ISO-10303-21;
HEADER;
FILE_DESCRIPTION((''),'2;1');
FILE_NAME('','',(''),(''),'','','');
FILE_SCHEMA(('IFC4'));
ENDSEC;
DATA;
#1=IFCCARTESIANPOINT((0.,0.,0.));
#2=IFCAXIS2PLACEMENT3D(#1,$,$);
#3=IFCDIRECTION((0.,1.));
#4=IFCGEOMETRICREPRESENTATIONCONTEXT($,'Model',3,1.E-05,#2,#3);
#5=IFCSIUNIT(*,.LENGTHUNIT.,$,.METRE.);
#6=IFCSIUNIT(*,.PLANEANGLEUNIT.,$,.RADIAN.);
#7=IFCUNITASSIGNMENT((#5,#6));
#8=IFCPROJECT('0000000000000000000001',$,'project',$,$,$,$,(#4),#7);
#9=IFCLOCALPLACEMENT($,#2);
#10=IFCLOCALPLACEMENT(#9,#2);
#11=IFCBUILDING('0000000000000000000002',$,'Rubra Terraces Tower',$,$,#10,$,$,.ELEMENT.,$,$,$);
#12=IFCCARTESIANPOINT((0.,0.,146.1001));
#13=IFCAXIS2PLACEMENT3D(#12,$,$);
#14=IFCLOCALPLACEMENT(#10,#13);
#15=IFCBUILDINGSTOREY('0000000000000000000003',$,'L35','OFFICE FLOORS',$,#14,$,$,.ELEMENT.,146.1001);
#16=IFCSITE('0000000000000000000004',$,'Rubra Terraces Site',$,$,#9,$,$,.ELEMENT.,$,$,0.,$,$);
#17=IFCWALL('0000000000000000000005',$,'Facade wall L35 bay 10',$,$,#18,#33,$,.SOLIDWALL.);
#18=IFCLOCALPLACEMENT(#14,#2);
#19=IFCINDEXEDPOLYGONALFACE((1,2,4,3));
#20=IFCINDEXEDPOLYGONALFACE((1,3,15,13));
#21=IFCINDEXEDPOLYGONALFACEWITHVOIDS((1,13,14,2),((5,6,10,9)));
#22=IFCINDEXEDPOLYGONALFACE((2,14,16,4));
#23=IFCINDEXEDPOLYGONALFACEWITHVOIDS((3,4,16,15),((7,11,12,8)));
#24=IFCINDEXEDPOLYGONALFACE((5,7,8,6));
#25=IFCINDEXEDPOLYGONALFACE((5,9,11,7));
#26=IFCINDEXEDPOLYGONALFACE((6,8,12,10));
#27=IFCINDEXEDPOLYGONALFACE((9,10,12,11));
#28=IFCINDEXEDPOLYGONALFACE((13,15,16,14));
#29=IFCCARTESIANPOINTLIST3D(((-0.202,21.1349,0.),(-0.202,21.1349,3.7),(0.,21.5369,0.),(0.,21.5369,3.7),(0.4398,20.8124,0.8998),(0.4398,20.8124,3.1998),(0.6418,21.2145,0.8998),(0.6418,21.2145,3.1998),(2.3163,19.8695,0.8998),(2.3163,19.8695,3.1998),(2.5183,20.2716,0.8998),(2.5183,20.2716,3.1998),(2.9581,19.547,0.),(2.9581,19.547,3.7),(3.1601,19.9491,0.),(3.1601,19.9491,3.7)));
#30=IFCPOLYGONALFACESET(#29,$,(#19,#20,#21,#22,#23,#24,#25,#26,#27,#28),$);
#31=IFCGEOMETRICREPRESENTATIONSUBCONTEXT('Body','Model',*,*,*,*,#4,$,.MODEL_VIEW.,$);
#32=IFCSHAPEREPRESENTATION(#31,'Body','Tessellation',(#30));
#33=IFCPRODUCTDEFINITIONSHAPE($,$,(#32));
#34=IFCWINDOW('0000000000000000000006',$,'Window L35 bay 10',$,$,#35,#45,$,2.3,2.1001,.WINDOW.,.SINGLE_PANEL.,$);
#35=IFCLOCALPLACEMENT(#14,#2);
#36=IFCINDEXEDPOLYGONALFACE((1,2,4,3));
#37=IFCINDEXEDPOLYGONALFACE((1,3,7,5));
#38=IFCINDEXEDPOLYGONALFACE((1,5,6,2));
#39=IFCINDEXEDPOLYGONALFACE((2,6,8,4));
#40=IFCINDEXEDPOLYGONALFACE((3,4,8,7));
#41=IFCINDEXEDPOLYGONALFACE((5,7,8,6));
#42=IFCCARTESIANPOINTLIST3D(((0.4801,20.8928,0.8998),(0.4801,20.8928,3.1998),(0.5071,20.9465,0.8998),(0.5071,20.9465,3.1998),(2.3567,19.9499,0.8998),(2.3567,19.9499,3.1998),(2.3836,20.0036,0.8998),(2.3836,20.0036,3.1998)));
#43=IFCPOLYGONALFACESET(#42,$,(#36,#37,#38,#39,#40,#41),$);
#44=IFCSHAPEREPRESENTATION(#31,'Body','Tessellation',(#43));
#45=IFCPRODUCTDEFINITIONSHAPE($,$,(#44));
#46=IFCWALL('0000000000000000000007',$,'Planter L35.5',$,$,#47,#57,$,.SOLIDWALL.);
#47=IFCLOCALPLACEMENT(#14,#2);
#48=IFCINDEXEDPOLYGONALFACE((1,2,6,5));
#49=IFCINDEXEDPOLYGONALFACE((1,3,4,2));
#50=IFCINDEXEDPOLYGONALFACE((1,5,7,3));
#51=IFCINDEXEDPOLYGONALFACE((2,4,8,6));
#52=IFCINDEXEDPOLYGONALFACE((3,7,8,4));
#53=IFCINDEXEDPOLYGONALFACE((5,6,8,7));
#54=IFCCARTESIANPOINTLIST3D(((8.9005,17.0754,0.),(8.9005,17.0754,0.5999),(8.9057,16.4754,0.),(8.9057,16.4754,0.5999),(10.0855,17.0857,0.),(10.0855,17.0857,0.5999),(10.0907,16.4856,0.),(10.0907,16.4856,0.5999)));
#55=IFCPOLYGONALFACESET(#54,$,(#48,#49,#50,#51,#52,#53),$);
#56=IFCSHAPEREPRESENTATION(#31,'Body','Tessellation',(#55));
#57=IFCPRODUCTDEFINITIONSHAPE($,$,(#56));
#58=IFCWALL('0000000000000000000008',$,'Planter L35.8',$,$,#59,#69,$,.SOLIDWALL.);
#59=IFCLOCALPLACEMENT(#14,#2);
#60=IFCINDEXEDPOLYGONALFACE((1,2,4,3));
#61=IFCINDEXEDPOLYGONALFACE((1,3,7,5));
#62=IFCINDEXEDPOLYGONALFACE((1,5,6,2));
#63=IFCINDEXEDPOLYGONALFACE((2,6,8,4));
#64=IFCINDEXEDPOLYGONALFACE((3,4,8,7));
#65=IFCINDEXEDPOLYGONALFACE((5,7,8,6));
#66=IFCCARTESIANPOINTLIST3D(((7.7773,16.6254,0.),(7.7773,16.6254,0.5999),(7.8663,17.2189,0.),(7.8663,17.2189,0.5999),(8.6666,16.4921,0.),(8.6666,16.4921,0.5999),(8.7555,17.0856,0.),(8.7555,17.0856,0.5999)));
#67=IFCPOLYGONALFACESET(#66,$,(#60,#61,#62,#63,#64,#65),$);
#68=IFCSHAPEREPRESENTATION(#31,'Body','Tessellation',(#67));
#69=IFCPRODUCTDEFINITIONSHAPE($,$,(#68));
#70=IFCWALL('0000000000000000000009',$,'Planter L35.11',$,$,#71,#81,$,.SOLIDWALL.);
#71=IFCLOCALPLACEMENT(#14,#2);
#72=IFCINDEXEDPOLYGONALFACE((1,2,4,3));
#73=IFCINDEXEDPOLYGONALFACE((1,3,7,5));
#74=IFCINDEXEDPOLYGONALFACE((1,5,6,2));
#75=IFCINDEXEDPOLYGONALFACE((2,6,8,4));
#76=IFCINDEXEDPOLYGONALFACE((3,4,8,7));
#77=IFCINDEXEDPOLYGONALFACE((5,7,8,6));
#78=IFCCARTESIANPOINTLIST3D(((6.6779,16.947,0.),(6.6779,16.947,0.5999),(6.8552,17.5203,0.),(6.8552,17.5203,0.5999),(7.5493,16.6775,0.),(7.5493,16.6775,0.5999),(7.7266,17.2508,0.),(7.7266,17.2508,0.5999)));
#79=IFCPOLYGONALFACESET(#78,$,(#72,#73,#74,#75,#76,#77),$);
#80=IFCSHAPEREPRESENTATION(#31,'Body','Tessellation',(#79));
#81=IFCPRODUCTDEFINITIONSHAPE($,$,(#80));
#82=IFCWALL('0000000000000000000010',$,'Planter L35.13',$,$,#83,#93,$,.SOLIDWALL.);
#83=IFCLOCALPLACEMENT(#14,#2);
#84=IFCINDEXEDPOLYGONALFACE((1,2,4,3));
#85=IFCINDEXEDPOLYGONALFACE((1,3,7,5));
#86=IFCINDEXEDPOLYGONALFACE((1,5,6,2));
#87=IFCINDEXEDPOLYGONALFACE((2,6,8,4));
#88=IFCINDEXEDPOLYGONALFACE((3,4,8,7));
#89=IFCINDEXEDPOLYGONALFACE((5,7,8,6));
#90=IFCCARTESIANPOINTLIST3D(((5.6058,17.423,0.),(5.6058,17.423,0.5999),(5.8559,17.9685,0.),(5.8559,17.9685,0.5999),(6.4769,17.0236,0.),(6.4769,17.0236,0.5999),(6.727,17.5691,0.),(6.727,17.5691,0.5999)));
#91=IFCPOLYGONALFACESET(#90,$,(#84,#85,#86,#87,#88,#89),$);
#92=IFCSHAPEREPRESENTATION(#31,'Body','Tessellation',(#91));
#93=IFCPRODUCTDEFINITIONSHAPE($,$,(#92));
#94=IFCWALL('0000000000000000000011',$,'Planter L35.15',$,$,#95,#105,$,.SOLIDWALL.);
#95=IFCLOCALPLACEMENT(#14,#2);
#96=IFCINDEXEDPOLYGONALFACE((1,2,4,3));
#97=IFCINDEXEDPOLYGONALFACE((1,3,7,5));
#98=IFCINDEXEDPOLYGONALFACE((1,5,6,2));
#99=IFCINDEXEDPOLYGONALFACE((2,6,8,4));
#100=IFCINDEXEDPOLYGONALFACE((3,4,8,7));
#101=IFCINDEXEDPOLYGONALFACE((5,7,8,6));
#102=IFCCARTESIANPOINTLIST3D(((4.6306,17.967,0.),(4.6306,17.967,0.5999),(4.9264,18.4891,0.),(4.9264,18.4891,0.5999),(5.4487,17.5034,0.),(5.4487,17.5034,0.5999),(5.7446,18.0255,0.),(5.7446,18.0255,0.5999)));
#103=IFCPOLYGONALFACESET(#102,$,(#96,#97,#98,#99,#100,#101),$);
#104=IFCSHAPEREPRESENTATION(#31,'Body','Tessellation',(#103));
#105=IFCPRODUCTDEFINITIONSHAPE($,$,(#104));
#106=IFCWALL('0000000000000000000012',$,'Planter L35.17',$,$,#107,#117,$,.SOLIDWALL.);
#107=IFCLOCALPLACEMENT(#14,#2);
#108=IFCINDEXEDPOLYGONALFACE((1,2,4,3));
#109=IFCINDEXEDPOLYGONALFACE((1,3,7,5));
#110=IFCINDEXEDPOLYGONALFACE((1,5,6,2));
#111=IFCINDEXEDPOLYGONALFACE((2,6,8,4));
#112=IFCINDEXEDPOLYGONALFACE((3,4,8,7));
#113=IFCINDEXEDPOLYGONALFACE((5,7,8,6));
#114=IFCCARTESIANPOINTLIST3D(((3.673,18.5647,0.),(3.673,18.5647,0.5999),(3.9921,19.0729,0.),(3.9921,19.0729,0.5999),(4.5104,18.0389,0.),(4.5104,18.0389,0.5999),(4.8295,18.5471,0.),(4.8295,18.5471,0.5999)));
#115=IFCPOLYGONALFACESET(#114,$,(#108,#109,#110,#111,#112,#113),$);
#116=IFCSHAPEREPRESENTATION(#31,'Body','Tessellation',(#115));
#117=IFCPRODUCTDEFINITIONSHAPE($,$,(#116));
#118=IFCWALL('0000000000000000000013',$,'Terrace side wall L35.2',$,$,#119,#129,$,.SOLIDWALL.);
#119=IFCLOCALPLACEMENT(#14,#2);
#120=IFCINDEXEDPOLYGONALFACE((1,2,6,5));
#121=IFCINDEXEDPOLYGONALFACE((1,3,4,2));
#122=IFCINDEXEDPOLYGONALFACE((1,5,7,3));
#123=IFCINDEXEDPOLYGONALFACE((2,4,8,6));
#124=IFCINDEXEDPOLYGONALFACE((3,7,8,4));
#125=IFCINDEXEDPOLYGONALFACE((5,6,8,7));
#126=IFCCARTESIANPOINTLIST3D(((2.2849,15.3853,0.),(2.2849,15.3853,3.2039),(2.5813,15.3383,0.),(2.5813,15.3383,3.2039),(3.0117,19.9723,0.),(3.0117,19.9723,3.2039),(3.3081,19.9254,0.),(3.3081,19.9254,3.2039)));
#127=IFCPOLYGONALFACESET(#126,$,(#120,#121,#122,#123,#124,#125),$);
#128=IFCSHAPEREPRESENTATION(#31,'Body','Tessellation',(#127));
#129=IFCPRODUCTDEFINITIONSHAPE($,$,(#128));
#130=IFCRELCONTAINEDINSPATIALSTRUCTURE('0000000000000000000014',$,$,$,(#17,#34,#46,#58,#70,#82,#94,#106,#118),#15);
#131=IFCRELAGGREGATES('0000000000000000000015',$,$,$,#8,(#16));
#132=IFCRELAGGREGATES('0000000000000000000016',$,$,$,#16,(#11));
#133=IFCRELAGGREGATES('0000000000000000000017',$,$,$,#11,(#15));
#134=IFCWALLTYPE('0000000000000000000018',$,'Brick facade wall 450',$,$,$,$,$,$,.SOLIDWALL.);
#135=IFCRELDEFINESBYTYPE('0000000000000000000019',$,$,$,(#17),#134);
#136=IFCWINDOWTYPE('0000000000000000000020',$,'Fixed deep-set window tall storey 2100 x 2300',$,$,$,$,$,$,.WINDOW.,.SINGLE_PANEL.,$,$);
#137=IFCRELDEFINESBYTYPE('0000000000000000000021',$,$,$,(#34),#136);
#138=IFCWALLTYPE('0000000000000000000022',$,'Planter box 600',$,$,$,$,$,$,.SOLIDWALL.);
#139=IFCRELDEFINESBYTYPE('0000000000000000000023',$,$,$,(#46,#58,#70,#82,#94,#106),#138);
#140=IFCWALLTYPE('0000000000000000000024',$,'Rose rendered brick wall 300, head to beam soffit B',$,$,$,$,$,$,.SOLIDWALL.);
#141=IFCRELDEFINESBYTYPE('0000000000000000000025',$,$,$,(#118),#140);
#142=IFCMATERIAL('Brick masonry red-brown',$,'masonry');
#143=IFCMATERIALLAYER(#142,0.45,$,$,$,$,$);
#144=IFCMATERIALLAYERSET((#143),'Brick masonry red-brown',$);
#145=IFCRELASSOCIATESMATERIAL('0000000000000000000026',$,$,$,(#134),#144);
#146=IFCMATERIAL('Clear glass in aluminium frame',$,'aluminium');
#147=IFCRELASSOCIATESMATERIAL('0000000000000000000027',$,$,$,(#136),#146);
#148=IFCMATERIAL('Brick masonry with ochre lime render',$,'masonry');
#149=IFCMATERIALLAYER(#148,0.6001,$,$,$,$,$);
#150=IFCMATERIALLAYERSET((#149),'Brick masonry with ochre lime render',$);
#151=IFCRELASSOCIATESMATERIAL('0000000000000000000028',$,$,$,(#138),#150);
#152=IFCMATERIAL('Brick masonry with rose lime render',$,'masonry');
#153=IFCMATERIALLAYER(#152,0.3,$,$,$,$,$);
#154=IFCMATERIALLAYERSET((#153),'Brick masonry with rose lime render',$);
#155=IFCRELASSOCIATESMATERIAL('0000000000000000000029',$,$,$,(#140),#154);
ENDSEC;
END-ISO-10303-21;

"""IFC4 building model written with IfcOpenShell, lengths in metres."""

from ifc_helpers import new_model, si_unit, direction, frame, frame_2d, origin, place, context, subcontext, project, spatial, rectangle, extrude, material, layer, layer_set, type_object, element, fill, save


model = new_model("IFC4")

# Units and contexts
model_context = context("Model", 3, precision=1e-05, world=origin(), true_north=direction((0.0, 1.0)))
body_context = subcontext(model_context, "Body", "Model", "MODEL_VIEW")
ifc_project = project(units=[si_unit("LENGTHUNIT", "METRE"), si_unit("PLANEANGLEUNIT", "RADIAN")], contexts=[model_context])

# Site, building, storey
site_placement = place(None, origin())
site = spatial("IfcSite", under=ifc_project, at=site_placement, Name="Rubra Terraces Site", CompositionType="ELEMENT", RefElevation=0.0)
building_placement = place(site_placement, origin())
building = spatial("IfcBuilding", under=site, at=building_placement, Name="Rubra Terraces Tower", CompositionType="ELEMENT")
storey_placement = place(building_placement, frame((0.0, 0.0, 146.1001)))
storey = spatial("IfcBuildingStorey", under=building, at=storey_placement, Name="L35", Description="OFFICE FLOORS", CompositionType="ELEMENT", Elevation=146.1001)

# Wall, opening, window
ifc_material_1 = material(Name="Brick masonry red-brown", Category="masonry")
ifc_layer_1 = layer(ifc_material_1, 0.45)
ifc_layer_set_1 = layer_set([ifc_layer_1], Name="Brick masonry red-brown")
wall_type_1 = type_object("IfcWallType", Name="Brick facade wall 450", PredefinedType="SOLIDWALL", material=ifc_layer_set_1)
wall_1_placement = place(storey_placement, frame((3.0591, 19.748, 0.0), z_axis=(0.0, 0.0, 1.0), x_axis=(-0.893542, 0.44898, 0.0)))
wall_1 = element("IfcWall", 1, at=wall_1_placement, inside=storey, type_object=wall_type_1, Name="Facade wall L35 bay 10", PredefinedType="SOLIDWALL", context=body_context, shape_type="SweptSolid", body=[
    extrude(rectangle(XDim=3.5366, YDim=0.45, at=frame_2d((1.7683, 0.0))), origin(), (0.0, 0.0, 1.0), 3.7),
])
opening_1_placement = place(wall_1_placement, frame((0.7183, 0.0, 0.8999)))
opening_1 = element("IfcOpeningElement", 2, at=opening_1_placement, cuts=wall_1, PredefinedType="OPENING", context=body_context, shape_type="SweptSolid", body=[
    extrude(rectangle(XDim=2.1001, YDim=2.3, at=frame_2d((1.05, 1.1499))), frame((0.0, 0.2349, 0.0), z_axis=(0.0, -1.0, 0.0), x_axis=(1.0, 0.0, 0.0)), (0.0, 0.0, 1.0), 0.47),
])
ifc_material_2 = material(Name="Clear glass in aluminium frame", Category="aluminium")
window_type = type_object("IfcWindowType", Name="Fixed deep-set window tall storey 2100 x 2300", PartitioningType="SINGLE_PANEL", PredefinedType="WINDOW", material=ifc_material_2)
window_placement = place(opening_1_placement, origin())
window = element("IfcWindow", 3, at=window_placement, inside=storey, type_object=window_type, Name="Window L35 bay 10", OverallHeight=2.3, OverallWidth=2.1001, PartitioningType="SINGLE_PANEL", PredefinedType="WINDOW", context=body_context, shape_type="SweptSolid", body=[
    extrude(rectangle(XDim=2.1001, YDim=2.3, at=frame_2d((1.05, 1.1499))), frame((0.0, 0.135, 0.0), z_axis=(0.0, -1.0, 0.0), x_axis=(1.0, 0.0, 0.0)), (0.0, 0.0, 1.0), 0.0601),
])
fill(opening_1, window)

# Shared definitions
ifc_material_3 = material(Name="Brick masonry with ochre lime render", Category="masonry")

# Walls
ifc_layer_2 = layer(ifc_material_3, 0.6001)
ifc_layer_set_2 = layer_set([ifc_layer_2], Name="Brick masonry with ochre lime render")
wall_type_2 = type_object("IfcWallType", Name="Planter box 600", PredefinedType="SOLIDWALL", material=ifc_layer_set_2)
wall_2_placement = place(storey_placement, frame((10.0881, 16.7856, 0.0), z_axis=(0.0, 0.0, 1.0), x_axis=(-0.999963, -0.008652, 0.0)))
element("IfcWall", 4, at=wall_2_placement, inside=storey, type_object=wall_type_2, Name="Planter L35.5", PredefinedType="SOLIDWALL", context=body_context, shape_type="SweptSolid", body=[
    extrude(rectangle(XDim=1.1851, YDim=0.6001, at=frame_2d((0.5925, 0.0))), origin(), (0.0, 0.0, 1.0), 0.5999),
])
wall_3_placement = place(storey_placement, frame((8.7112, 16.7888, 0.0), z_axis=(0.0, 0.0, 1.0), x_axis=(-0.988948, 0.148261, 0.0)))
element("IfcWall", 5, at=wall_3_placement, inside=storey, type_object=wall_type_2, Name="Planter L35.8", PredefinedType="SOLIDWALL", context=body_context, shape_type="SweptSolid", body=[
    extrude(rectangle(XDim=0.8992, YDim=0.6001, at=frame_2d((0.4497, 0.0))), origin(), (0.0, 0.0, 1.0), 0.5999),
])
wall_4_placement = place(storey_placement, frame((7.6379, 16.9641, 0.0), z_axis=(0.0, 0.0, 1.0), x_axis=(-0.955338, 0.295515, 0.0)))
element("IfcWall", 6, at=wall_4_placement, inside=storey, type_object=wall_type_2, Name="Planter L35.11", PredefinedType="SOLIDWALL", context=body_context, shape_type="SweptSolid", body=[
    extrude(rectangle(XDim=0.9121, YDim=0.6001, at=frame_2d((0.4561, 0.0))), origin(), (0.0, 0.0, 1.0), 0.5999),
])
wall_5_placement = place(storey_placement, frame((6.6018, 17.2964, 0.0), z_axis=(0.0, 0.0, 1.0), x_axis=(-0.909, 0.416795, 0.0)))
element("IfcWall", 7, at=wall_5_placement, inside=storey, type_object=wall_type_2, Name="Planter L35.13", PredefinedType="SOLIDWALL", context=body_context, shape_type="SweptSolid", body=[
    extrude(rectangle(XDim=0.9583, YDim=0.6001, at=frame_2d((0.479, 0.0))), origin(), (0.0, 0.0, 1.0), 0.5999),
])
wall_6_placement = place(storey_placement, frame((5.5967, 17.7644, 0.0), z_axis=(0.0, 0.0, 1.0), x_axis=(-0.870011, 0.493032, 0.0)))
element("IfcWall", 8, at=wall_6_placement, inside=storey, type_object=wall_type_2, Name="Planter L35.15", PredefinedType="SOLIDWALL", context=body_context, shape_type="SweptSolid", body=[
    extrude(rectangle(XDim=0.9404, YDim=0.6001, at=frame_2d((0.4702, 0.0))), origin(), (0.0, 0.0, 1.0), 0.5999),
])
wall_7_placement = place(storey_placement, frame((4.6699, 18.293, 0.0), z_axis=(0.0, 0.0, 1.0), x_axis=(-0.846859, 0.531818, 0.0)))
element("IfcWall", 9, at=wall_7_placement, inside=storey, type_object=wall_type_2, Name="Planter L35.17", PredefinedType="SOLIDWALL", context=body_context, shape_type="SweptSolid", body=[
    extrude(rectangle(XDim=0.9888, YDim=0.6001, at=frame_2d((0.4944, 0.0))), origin(), (0.0, 0.0, 1.0), 0.5999),
])
ifc_material_4 = material(Name="Brick masonry with rose lime render", Category="masonry")
ifc_layer_3 = layer(ifc_material_4, 0.3)
ifc_layer_set_3 = layer_set([ifc_layer_3], Name="Brick masonry with rose lime render")
wall_type_3 = type_object("IfcWallType", Name="Rose rendered brick wall 300, head to beam soffit B", PredefinedType="SOLIDWALL", material=ifc_layer_set_3)
wall_8_placement = place(storey_placement, frame((3.1599, 19.949, 0.0), z_axis=(0.0, 0.0, 1.0), x_axis=(-0.156492, -0.987679, 0.0)))
element("IfcWall", 10, at=wall_8_placement, inside=storey, type_object=wall_type_3, Name="Terrace side wall L35.2", PredefinedType="SOLIDWALL", context=body_context, shape_type="SweptSolid", body=[
    extrude(rectangle(XDim=4.6443, YDim=0.3, at=frame_2d((2.3223, 0.0))), origin(), (0.0, 0.0, 1.0), 3.2039),
])

save(model, "model.ifc")
